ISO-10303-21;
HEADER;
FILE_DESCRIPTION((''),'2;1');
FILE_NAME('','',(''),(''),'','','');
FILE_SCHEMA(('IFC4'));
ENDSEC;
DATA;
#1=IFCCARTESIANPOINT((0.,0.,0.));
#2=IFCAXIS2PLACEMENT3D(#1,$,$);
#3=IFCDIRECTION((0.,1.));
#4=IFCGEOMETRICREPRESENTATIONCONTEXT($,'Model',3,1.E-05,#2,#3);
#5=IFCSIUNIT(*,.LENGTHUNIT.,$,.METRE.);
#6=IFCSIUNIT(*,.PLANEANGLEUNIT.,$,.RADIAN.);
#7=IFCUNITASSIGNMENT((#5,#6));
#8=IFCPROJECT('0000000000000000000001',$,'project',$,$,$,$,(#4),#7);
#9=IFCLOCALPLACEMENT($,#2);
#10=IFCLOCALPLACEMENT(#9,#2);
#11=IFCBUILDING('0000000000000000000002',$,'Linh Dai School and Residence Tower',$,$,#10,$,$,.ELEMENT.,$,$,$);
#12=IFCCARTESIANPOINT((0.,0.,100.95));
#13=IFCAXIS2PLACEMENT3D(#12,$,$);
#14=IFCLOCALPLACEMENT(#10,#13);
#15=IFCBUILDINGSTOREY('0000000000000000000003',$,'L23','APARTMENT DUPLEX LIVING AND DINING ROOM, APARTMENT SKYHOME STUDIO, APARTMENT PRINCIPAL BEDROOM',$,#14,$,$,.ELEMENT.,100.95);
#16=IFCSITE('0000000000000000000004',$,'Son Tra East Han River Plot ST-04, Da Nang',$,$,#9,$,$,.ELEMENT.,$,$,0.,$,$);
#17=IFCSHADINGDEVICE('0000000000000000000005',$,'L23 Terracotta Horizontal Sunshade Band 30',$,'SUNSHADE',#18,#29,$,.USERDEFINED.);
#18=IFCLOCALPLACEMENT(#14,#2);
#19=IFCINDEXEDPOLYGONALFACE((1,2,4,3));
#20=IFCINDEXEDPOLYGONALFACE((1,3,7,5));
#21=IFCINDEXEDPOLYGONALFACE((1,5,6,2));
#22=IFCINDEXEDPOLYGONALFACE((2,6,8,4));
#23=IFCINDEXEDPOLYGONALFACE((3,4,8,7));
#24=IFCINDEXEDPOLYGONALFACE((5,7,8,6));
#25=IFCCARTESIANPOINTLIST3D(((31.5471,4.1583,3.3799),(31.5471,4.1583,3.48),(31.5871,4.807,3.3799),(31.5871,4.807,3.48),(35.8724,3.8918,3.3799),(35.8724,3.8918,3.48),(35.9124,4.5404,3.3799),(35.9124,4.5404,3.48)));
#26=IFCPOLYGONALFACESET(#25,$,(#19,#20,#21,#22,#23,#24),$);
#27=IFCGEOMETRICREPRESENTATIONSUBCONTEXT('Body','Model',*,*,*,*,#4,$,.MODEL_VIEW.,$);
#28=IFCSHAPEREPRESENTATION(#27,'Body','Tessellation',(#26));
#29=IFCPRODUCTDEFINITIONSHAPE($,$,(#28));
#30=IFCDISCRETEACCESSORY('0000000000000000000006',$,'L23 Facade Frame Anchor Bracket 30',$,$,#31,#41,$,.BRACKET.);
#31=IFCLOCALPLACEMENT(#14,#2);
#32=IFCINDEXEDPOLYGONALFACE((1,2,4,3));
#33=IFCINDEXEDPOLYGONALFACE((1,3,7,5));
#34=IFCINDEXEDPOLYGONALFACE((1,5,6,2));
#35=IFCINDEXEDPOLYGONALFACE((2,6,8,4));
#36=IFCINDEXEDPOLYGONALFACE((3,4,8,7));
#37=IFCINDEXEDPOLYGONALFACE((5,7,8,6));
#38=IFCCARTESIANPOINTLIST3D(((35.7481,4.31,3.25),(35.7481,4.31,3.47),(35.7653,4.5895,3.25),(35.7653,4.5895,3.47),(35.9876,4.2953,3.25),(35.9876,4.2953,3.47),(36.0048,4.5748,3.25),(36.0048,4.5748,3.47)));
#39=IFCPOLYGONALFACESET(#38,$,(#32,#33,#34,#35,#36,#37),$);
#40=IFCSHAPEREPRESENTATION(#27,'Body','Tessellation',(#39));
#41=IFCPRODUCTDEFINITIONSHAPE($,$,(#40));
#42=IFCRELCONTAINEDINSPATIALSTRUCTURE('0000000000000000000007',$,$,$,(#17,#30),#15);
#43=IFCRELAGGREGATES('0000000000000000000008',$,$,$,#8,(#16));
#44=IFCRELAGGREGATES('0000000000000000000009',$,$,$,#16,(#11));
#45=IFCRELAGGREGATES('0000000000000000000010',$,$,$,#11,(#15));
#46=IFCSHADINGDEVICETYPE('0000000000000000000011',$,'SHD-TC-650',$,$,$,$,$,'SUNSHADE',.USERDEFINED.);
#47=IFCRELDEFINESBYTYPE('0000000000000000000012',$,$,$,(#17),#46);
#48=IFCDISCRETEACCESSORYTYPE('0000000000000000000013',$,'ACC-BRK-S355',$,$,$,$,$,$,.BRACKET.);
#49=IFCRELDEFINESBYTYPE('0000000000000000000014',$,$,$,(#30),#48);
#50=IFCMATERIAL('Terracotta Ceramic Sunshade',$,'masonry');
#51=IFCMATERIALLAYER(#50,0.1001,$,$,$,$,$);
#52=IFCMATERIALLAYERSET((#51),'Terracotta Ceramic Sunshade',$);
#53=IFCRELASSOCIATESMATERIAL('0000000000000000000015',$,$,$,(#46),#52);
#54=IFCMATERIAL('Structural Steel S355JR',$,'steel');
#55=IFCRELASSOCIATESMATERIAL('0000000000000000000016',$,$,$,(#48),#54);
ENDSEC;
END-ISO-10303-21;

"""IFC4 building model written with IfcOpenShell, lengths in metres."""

from ifc_helpers import new_model, si_unit, direction, frame, origin, origin_2d, place, context, subcontext, project, spatial, rectangle, extrude, source, transform, mapped, material, layer, layer_set, type_object, element, save


model = new_model("IFC4")

# Units and contexts
model_context = context("Model", 3, precision=1e-05, world=origin(), true_north=direction((0.0, 1.0)))
body_context = subcontext(model_context, "Body", "Model", "MODEL_VIEW")
ifc_project = project(units=[si_unit("LENGTHUNIT", "METRE"), si_unit("PLANEANGLEUNIT", "RADIAN")], contexts=[model_context])

# Site, building, storey
site_placement = place(None, origin())
site = spatial("IfcSite", under=ifc_project, at=site_placement, Name="Son Tra East Han River Plot ST-04, Da Nang", CompositionType="ELEMENT", RefElevation=0.0)
building_placement = place(site_placement, origin())
building = spatial("IfcBuilding", under=site, at=building_placement, Name="Linh Dai School and Residence Tower", CompositionType="ELEMENT")
storey_placement = place(building_placement, frame((0.0, 0.0, 100.95)))
storey = spatial("IfcBuildingStorey", under=building, at=storey_placement, Name="L23", Description="APARTMENT DUPLEX LIVING AND DINING ROOM, APARTMENT SKYHOME STUDIO, APARTMENT PRINCIPAL BEDROOM", CompositionType="ELEMENT", Elevation=100.95)

# Shared definitions
ifc_material_1 = material(Name="Structural Steel S355JR", Category="steel")

# Shading device
ifc_material_2 = material(Name="Terracotta Ceramic Sunshade", Category="masonry")
ifc_layer_1 = layer(ifc_material_2, 0.1001)
ifc_layer_set_1 = layer_set([ifc_layer_1], Name="Terracotta Ceramic Sunshade")
shading_device_type = type_object("IfcShadingDeviceType", Name="SHD-TC-650", ElementType="SUNSHADE", PredefinedType="USERDEFINED", material=ifc_layer_set_1)
shared_shape_1 = source(origin(), body_context, "Body", "SweptSolid", [
    extrude(rectangle(XDim=4.3335, YDim=0.6499, at=origin_2d()), origin(), (0.0, 0.0, 1.0), 0.1001),
])
shading_device_placement = place(storey_placement, frame((33.7297, 4.3494, 3.3799), z_axis=(0.0, 0.0, 1.0), x_axis=(-0.998107, 0.061509, 0.0)))
element("IfcShadingDevice", 1, at=shading_device_placement, inside=storey, type_object=shading_device_type, Name="L23 Terracotta Horizontal Sunshade Band 30", ObjectType="SUNSHADE", PredefinedType="USERDEFINED", context=body_context, shape_type="MappedRepresentation", body=[
    mapped(shared_shape_1, transform((0.0, 0.0, 0.0), x_axis=(1.0, 0.0, 0.0), y_axis=(0.0, 1.0, 0.0), z_axis=(0.0, 0.0, 1.0), scale=1.0)),
])

# Discrete accessory
discrete_accessory_type = type_object("IfcDiscreteAccessoryType", Name="ACC-BRK-S355", PredefinedType="BRACKET", material=ifc_material_1)
shared_shape_2 = source(origin(), body_context, "Body", "SweptSolid", [
    extrude(rectangle(XDim=0.28, YDim=0.24, at=origin_2d()), origin(), (0.0, 0.0, 1.0), 0.22),
])
discrete_accessory_placement = place(storey_placement, frame((35.8765, 4.4424, 3.25), z_axis=(0.0, 0.0, 1.0), x_axis=(-0.061509, -0.998107, 0.0)))
element("IfcDiscreteAccessory", 2, at=discrete_accessory_placement, inside=storey, type_object=discrete_accessory_type, Name="L23 Facade Frame Anchor Bracket 30", PredefinedType="BRACKET", context=body_context, shape_type="MappedRepresentation", body=[
    mapped(shared_shape_2, transform((0.0, 0.0, 0.0), x_axis=(1.0, 0.0, 0.0), y_axis=(0.0, 1.0, 0.0), z_axis=(0.0, 0.0, 1.0), scale=1.0)),
])

save(model, "model.ifc")
